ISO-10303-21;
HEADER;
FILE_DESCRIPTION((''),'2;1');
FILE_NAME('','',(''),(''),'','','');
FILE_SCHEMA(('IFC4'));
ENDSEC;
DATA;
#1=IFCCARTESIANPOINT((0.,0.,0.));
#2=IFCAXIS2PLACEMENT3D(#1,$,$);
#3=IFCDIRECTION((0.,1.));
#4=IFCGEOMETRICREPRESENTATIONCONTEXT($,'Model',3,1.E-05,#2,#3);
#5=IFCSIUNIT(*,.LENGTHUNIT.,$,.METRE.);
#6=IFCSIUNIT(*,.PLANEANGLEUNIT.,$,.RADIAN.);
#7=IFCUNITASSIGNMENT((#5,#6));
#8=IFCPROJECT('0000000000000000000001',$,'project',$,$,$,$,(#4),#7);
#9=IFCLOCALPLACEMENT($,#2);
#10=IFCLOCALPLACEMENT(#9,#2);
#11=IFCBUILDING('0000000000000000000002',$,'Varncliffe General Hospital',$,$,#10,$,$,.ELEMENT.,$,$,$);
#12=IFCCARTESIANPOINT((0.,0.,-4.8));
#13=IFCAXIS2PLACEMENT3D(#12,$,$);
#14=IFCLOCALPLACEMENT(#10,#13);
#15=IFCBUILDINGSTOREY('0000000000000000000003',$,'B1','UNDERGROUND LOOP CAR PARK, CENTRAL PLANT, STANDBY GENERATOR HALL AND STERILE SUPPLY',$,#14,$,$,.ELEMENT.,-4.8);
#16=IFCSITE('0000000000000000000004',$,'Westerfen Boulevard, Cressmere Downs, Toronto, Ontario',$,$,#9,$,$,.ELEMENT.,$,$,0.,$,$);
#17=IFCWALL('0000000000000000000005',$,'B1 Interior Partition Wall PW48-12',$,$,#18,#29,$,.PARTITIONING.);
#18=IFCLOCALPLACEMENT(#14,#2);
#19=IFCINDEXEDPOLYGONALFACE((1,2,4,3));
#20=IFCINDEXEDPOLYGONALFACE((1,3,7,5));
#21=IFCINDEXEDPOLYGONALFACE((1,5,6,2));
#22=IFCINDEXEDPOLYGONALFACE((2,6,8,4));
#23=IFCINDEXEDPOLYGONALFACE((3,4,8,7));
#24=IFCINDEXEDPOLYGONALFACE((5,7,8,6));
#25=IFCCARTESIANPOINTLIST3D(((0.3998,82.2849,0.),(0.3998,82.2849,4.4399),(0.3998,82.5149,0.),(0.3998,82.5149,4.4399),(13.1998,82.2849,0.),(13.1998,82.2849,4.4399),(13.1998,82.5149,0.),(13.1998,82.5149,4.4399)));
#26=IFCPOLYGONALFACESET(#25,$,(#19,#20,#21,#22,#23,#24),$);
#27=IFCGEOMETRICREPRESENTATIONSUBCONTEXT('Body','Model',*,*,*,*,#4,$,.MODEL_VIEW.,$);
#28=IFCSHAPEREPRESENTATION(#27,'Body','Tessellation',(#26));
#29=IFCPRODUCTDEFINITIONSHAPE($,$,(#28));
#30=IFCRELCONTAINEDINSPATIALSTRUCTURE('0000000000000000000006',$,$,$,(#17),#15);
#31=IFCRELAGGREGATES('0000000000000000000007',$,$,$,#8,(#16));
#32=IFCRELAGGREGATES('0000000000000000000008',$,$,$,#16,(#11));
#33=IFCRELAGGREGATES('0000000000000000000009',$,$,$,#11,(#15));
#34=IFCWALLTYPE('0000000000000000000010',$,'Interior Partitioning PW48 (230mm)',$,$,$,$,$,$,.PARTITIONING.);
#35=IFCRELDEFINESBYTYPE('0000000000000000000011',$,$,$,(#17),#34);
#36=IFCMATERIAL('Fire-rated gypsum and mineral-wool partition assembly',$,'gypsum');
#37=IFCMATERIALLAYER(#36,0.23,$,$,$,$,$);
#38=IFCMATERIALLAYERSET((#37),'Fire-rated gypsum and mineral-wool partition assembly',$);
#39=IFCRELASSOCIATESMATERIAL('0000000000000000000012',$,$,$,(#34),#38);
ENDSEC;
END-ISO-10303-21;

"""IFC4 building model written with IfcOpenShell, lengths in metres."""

from ifc_helpers import new_model, si_unit, direction, frame, frame_2d, origin, place, context, subcontext, project, spatial, rectangle, extrude, material, layer, layer_set, type_object, element, save


model = new_model("IFC4")

# Units and contexts
model_context = context("Model", 3, precision=1e-05, world=origin(), true_north=direction((0.0, 1.0)))
body_context = subcontext(model_context, "Body", "Model", "MODEL_VIEW")
ifc_project = project(units=[si_unit("LENGTHUNIT", "METRE"), si_unit("PLANEANGLEUNIT", "RADIAN")], contexts=[model_context])

# Site, building, storey
site_placement = place(None, origin())
site = spatial("IfcSite", under=ifc_project, at=site_placement, Name="Westerfen Boulevard, Cressmere Downs, Toronto, Ontario", CompositionType="ELEMENT", RefElevation=0.0)
building_placement = place(site_placement, origin())
building = spatial("IfcBuilding", under=site, at=building_placement, Name="Varncliffe General Hospital", CompositionType="ELEMENT")
storey_placement = place(building_placement, frame((0.0, 0.0, -4.8)))
storey = spatial("IfcBuildingStorey", under=building, at=storey_placement, Name="B1", Description="UNDERGROUND LOOP CAR PARK, CENTRAL PLANT, STANDBY GENERATOR HALL AND STERILE SUPPLY", CompositionType="ELEMENT", Elevation=-4.8)

# Wall
ifc_material_1 = material(Name="Fire-rated gypsum and mineral-wool partition assembly", Category="gypsum")
ifc_layer_1 = layer(ifc_material_1, 0.23)
ifc_layer_set_1 = layer_set([ifc_layer_1], Name="Fire-rated gypsum and mineral-wool partition assembly")
wall_type_1 = type_object("IfcWallType", Name="Interior Partitioning PW48 (230mm)", PredefinedType="PARTITIONING", material=ifc_layer_set_1)
wall_1_placement = place(storey_placement, frame((0.3999, 82.3999, 0.0), z_axis=(0.0, 0.0, 1.0), x_axis=(1.0, 0.0, 0.0)))
element("IfcWall", 1, at=wall_1_placement, inside=storey, type_object=wall_type_1, Name="B1 Interior Partition Wall PW48-12", PredefinedType="PARTITIONING", context=body_context, shape_type="SweptSolid", body=[
    extrude(rectangle(XDim=12.8, YDim=0.23, at=frame_2d((6.3999, 0.0))), origin(), (0.0, 0.0, 1.0), 4.4399),
])

save(model, "model.ifc")
